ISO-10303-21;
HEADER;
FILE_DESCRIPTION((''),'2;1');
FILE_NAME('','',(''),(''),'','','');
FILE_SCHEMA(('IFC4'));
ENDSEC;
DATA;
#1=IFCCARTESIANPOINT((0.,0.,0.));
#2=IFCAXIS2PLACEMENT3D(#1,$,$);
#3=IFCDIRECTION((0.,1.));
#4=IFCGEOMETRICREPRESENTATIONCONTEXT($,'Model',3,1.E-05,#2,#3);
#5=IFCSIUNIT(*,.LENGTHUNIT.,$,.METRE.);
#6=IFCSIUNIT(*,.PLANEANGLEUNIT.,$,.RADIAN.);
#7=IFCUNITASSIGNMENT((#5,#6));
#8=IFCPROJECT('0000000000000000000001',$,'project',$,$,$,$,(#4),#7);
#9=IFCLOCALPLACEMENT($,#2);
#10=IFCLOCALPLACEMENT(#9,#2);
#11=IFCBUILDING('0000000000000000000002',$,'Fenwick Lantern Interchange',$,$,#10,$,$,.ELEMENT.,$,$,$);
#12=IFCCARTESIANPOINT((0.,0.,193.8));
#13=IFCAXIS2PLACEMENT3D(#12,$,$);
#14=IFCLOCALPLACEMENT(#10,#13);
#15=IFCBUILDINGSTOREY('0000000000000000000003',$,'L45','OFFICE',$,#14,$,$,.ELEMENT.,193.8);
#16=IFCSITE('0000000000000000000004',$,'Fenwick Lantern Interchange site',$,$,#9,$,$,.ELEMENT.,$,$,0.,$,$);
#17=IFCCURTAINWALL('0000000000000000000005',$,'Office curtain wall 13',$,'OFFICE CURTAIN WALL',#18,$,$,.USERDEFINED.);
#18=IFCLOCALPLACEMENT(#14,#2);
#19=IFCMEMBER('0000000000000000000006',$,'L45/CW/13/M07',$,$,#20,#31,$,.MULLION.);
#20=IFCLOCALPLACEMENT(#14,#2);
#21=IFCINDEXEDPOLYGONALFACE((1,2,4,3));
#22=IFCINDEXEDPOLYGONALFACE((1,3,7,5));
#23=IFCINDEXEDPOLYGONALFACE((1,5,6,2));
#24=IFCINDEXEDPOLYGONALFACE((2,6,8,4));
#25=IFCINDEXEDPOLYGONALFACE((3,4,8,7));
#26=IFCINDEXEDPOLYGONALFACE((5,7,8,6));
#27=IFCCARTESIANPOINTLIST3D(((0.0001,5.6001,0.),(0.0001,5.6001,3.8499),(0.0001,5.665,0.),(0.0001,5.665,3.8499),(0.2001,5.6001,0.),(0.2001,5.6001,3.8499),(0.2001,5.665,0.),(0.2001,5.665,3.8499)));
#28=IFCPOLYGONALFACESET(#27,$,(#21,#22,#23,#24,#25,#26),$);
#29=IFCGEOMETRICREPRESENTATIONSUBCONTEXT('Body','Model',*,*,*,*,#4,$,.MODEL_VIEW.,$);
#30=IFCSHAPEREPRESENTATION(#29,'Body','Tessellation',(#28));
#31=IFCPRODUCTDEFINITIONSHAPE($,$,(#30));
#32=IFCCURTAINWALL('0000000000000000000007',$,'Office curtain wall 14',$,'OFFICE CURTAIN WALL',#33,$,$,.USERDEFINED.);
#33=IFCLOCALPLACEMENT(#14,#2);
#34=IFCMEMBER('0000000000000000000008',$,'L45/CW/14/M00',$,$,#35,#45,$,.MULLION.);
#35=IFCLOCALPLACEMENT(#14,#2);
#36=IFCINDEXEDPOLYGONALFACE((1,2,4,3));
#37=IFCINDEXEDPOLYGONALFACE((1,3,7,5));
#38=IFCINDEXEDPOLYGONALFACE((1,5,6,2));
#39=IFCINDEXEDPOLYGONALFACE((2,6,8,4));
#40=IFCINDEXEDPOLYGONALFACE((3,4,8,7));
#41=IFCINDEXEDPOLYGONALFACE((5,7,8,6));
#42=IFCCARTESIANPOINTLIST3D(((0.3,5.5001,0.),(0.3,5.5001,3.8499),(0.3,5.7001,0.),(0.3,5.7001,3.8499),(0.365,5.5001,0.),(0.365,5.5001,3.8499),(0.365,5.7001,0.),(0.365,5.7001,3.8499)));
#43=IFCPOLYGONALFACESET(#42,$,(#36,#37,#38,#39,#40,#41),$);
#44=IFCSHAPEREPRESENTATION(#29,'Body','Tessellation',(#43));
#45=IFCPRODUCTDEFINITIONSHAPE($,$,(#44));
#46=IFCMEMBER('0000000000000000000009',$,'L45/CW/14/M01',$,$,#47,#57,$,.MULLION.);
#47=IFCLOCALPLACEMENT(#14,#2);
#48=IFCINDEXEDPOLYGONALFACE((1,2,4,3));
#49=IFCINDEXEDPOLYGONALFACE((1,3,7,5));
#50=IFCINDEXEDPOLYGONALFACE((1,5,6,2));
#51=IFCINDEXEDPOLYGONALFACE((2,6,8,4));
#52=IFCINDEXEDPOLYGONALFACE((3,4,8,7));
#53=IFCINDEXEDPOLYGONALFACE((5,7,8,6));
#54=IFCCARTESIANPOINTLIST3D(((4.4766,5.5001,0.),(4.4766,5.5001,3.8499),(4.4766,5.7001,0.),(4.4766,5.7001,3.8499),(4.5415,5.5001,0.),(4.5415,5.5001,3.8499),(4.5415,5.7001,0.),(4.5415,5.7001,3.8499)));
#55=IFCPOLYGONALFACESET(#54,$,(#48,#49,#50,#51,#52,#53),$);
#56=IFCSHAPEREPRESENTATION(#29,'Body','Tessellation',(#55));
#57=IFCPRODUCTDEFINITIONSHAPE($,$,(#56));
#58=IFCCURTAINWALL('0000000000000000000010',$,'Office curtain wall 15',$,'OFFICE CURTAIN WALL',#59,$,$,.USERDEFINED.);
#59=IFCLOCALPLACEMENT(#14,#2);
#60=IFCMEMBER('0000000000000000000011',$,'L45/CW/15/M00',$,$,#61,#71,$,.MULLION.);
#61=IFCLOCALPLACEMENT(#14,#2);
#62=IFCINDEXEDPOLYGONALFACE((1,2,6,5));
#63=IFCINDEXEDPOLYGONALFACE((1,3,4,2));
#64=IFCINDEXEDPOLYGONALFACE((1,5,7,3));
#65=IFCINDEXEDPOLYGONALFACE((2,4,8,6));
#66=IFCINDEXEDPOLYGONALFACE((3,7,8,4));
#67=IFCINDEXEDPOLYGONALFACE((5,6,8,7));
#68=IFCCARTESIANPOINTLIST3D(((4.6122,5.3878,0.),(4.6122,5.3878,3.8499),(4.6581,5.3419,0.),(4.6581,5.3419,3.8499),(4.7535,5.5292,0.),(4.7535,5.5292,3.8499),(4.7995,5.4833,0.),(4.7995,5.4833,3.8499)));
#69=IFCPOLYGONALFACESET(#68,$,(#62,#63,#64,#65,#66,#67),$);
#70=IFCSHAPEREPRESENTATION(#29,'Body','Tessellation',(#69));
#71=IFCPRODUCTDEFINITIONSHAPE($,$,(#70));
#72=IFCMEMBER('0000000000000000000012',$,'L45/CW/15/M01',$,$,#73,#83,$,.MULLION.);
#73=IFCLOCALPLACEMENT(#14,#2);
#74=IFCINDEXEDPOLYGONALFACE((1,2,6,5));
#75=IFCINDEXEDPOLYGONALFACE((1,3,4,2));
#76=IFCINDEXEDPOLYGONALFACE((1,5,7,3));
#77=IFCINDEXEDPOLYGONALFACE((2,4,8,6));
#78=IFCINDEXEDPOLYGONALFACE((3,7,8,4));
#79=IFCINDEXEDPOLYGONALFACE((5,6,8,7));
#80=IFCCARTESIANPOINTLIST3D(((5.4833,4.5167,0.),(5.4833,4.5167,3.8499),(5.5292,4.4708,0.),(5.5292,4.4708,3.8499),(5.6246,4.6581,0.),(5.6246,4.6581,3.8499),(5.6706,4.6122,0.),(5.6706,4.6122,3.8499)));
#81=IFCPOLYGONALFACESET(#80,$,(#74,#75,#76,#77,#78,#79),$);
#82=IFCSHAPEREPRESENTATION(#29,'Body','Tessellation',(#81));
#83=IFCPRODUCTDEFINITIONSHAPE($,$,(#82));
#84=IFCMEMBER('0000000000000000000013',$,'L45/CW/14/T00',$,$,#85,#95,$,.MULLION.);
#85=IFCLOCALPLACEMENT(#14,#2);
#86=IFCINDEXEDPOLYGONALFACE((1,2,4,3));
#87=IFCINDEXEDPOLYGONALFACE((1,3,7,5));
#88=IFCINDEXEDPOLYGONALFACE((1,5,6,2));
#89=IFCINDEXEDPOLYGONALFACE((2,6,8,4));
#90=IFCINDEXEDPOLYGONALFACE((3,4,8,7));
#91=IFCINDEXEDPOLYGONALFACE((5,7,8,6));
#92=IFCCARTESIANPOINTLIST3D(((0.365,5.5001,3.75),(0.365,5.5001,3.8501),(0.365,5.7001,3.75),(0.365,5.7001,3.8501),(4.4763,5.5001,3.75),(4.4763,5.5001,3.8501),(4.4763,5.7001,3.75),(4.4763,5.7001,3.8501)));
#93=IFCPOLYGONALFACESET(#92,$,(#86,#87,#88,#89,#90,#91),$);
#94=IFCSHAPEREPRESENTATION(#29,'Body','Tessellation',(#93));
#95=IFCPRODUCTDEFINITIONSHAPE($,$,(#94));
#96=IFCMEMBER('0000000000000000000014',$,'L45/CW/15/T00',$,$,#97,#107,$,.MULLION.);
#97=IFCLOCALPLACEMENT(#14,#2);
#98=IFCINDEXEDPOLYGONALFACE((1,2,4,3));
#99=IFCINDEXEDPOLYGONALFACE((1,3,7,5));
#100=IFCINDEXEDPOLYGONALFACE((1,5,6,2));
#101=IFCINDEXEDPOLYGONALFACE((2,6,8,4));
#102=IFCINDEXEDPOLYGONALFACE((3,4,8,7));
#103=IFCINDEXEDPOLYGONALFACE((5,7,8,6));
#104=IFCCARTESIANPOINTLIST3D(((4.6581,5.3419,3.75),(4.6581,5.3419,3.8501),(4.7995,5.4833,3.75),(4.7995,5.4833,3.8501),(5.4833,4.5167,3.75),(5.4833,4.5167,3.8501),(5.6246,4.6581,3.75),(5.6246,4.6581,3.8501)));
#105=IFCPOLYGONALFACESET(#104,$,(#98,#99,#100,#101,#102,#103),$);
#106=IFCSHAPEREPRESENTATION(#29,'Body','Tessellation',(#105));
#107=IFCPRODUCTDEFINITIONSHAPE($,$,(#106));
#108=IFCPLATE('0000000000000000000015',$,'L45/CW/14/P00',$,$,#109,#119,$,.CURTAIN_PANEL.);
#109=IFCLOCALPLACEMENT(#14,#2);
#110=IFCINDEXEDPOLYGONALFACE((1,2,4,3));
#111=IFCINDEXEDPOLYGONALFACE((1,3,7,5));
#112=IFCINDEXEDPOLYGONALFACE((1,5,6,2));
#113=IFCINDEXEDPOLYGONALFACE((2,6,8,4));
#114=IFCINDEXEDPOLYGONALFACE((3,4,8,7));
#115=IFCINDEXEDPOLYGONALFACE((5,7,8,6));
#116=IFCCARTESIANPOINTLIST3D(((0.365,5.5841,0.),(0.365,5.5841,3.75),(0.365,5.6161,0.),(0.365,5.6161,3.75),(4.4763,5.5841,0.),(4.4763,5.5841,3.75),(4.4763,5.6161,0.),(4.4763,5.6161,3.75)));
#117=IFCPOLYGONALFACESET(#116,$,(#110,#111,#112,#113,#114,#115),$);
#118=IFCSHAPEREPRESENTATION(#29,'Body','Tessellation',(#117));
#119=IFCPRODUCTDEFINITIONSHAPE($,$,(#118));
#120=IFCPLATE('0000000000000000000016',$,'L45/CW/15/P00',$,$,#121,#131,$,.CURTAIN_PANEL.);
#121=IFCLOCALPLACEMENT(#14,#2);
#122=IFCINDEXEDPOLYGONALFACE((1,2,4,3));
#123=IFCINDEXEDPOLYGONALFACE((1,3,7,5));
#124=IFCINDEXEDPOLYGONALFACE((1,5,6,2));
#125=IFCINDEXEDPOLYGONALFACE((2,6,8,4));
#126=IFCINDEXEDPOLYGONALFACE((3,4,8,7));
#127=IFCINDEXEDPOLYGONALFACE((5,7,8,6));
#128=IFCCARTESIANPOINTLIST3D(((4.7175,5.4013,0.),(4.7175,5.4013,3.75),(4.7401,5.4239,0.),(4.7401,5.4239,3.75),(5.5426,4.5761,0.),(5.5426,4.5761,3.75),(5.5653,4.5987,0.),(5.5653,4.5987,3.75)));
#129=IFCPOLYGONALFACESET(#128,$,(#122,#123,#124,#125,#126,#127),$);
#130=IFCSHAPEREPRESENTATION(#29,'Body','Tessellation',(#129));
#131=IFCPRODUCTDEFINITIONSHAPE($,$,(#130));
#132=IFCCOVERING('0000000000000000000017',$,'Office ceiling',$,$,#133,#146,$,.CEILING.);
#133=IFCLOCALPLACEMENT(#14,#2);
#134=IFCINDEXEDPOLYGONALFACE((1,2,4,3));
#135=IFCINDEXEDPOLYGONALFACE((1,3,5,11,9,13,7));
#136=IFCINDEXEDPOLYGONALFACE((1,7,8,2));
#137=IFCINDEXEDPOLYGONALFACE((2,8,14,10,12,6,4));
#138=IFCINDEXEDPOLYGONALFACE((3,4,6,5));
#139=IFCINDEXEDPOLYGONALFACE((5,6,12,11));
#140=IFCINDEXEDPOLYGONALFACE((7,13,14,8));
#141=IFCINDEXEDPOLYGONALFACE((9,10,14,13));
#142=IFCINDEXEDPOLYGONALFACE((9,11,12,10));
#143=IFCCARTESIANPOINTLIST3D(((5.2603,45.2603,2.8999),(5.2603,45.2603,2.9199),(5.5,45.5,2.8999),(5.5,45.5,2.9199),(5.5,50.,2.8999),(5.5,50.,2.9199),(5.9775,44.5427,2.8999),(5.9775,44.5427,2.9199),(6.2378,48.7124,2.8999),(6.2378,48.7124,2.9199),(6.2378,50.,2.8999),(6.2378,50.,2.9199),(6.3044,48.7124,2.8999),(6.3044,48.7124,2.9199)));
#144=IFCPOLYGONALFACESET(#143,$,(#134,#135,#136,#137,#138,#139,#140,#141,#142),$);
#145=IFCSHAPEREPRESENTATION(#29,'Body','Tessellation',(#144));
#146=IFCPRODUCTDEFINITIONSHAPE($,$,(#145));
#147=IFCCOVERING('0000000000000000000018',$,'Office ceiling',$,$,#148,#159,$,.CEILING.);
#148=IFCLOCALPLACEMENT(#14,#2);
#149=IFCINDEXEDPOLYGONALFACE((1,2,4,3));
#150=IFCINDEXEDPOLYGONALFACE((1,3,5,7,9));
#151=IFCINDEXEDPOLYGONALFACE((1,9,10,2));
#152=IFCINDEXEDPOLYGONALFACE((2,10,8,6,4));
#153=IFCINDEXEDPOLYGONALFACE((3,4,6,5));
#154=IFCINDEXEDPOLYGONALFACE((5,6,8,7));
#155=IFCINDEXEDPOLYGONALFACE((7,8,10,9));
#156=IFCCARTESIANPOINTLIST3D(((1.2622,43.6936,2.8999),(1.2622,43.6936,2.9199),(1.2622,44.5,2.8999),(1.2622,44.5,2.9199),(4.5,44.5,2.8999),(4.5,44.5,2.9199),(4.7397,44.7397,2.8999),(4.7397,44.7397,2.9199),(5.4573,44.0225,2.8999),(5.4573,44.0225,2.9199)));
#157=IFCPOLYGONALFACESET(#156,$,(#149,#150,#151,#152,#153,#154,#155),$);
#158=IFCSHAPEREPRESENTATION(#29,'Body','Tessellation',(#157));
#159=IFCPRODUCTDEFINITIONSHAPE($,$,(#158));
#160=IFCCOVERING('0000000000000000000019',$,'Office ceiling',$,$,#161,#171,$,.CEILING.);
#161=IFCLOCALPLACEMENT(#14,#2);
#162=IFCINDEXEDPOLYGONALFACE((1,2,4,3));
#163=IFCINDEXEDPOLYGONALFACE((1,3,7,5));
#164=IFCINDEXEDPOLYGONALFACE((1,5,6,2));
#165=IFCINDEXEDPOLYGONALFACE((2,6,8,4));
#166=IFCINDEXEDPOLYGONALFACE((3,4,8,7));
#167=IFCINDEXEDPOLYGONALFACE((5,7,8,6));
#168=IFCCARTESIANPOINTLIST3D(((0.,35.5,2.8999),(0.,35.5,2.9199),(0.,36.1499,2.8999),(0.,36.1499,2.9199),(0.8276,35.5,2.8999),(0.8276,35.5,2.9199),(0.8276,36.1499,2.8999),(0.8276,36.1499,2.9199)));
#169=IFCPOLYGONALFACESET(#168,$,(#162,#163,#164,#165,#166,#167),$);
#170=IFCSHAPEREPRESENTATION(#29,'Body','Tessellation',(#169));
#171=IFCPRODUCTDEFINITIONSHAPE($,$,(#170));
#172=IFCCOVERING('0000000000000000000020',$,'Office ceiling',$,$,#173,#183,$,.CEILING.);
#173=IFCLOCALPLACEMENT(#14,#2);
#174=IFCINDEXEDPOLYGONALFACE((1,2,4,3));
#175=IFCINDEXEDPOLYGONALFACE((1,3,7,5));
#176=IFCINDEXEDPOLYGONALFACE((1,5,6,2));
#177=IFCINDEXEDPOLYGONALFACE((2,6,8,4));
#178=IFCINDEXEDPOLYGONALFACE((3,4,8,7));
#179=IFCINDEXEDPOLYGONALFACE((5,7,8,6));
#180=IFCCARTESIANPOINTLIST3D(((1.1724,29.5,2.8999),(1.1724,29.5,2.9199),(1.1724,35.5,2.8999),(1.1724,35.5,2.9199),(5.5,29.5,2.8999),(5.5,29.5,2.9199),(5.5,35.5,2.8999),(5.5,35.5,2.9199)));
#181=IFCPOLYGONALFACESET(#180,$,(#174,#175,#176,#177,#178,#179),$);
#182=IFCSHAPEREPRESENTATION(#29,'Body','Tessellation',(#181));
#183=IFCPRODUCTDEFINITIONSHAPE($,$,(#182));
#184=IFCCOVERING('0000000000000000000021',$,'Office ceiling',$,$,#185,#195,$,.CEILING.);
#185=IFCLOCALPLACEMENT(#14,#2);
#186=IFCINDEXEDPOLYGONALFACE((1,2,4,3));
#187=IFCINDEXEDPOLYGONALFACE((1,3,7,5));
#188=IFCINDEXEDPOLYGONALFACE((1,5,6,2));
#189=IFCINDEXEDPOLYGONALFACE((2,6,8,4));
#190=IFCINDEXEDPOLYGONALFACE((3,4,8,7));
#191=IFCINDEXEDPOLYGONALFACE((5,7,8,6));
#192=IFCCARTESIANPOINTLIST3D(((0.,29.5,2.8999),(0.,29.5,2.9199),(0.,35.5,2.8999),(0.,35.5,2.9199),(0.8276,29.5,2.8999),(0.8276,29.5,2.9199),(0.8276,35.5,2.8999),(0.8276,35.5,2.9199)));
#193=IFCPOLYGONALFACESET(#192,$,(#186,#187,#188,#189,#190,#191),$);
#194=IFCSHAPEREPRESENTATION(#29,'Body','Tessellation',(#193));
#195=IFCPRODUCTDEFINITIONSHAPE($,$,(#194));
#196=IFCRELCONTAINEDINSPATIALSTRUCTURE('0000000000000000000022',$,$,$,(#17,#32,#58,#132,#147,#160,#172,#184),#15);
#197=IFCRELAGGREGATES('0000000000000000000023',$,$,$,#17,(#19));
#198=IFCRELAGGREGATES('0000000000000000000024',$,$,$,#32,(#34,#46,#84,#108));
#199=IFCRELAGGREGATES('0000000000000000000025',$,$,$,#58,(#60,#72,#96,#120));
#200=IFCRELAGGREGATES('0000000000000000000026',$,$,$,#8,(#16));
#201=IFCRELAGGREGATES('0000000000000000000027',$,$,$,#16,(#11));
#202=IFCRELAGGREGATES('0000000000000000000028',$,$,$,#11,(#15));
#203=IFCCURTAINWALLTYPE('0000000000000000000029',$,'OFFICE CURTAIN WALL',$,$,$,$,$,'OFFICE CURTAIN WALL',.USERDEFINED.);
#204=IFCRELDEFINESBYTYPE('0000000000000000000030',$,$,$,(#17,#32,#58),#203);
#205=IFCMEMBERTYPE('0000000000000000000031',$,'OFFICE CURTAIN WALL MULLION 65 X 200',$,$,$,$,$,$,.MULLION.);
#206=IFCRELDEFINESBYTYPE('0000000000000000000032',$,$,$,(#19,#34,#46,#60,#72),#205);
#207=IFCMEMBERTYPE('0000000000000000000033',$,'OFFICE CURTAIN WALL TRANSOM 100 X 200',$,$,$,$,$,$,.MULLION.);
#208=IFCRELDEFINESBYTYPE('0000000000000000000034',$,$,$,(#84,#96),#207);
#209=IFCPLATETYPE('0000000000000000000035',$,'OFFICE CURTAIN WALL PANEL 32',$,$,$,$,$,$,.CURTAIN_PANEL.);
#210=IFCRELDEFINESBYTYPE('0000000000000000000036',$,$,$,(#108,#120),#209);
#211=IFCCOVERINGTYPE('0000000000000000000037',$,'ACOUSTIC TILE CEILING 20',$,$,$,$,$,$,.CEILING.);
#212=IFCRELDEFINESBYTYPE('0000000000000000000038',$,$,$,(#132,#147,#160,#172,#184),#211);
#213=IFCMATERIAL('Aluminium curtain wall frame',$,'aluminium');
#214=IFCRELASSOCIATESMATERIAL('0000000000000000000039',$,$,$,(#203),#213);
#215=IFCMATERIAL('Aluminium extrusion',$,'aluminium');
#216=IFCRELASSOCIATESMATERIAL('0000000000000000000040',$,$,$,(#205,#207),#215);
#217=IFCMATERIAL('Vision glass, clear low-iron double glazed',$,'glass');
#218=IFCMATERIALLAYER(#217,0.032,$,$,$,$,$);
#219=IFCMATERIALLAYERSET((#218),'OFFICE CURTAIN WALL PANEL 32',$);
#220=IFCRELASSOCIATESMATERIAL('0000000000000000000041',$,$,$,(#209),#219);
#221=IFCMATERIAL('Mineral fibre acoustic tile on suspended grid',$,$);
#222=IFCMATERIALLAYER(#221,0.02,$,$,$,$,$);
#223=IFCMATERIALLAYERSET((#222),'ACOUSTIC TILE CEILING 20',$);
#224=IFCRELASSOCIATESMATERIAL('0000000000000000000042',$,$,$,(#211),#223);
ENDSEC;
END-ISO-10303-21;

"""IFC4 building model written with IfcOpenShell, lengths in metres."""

from ifc_helpers import new_model, si_unit, direction, frame, origin, origin_2d, place, context, subcontext, project, spatial, polyline, rectangle, outline, extrude, material, layer, layer_set, material_profile, profile_set, type_object, element, aggregate, save


model = new_model("IFC4")

# Units and contexts
model_context = context("Model", 3, precision=1e-05, world=origin(), true_north=direction((0.0, 1.0)))
body_context = subcontext(model_context, "Body", "Model", "MODEL_VIEW")
ifc_project = project(units=[si_unit("LENGTHUNIT", "METRE"), si_unit("PLANEANGLEUNIT", "RADIAN")], contexts=[model_context])

# Site, building, storey
site_placement = place(None, origin())
site = spatial("IfcSite", under=ifc_project, at=site_placement, Name="Fenwick Lantern Interchange site", CompositionType="ELEMENT", RefElevation=0.0)
building_placement = place(site_placement, origin())
building = spatial("IfcBuilding", under=site, at=building_placement, Name="Fenwick Lantern Interchange", CompositionType="ELEMENT")
storey_placement = place(building_placement, frame((0.0, 0.0, 193.8)))
storey = spatial("IfcBuildingStorey", under=building, at=storey_placement, Name="L45", Description="OFFICE", CompositionType="ELEMENT", Elevation=193.8)

# Curtain wall, member
ifc_material_1 = material(Name="Aluminium curtain wall frame", Category="aluminium")
curtain_wall_type = type_object("IfcCurtainWallType", Name="OFFICE CURTAIN WALL", ElementType="OFFICE CURTAIN WALL", PredefinedType="USERDEFINED", material=ifc_material_1)
curtain_wall_1_placement = place(storey_placement, origin())
curtain_wall_1 = element("IfcCurtainWall", 1, at=curtain_wall_1_placement, inside=storey, type_object=curtain_wall_type, Name="Office curtain wall 13", ObjectType="OFFICE CURTAIN WALL", PredefinedType="USERDEFINED")
ifc_material_2 = material(Name="Aluminium extrusion", Category="aluminium")
ifc_material_profile_1 = material_profile(ifc_material_2, rectangle(XDim=0.2, YDim=0.0649, at=origin_2d()), Name="OFFICE CURTAIN WALL MULLION 65 X 200")
ifc_profile_set_1 = profile_set([ifc_material_profile_1], Name="Aluminium extrusion")
member_type_1 = type_object("IfcMemberType", Name="OFFICE CURTAIN WALL MULLION 65 X 200", PredefinedType="MULLION", material=ifc_profile_set_1)
member_1_placement = place(storey_placement, frame((0.1001, 5.6326, 0.0), z_axis=(0.0, 0.0, 1.0), x_axis=(1.0, 0.0, 0.0)))
member_1 = element("IfcMember", 2, at=member_1_placement, type_object=member_type_1, Name="L45/CW/13/M07", PredefinedType="MULLION", context=body_context, shape_type="SweptSolid", body=[
    extrude(rectangle(XDim=0.2, YDim=0.0649, at=origin_2d()), origin(), (0.0, 0.0, 1.0), 3.8499),
])
aggregate(curtain_wall_1, [member_1])

# Curtain walls, members
curtain_wall_2_placement = place(storey_placement, origin())
curtain_wall_2 = element("IfcCurtainWall", 3, at=curtain_wall_2_placement, inside=storey, type_object=curtain_wall_type, Name="Office curtain wall 14", ObjectType="OFFICE CURTAIN WALL", PredefinedType="USERDEFINED")
member_2_placement = place(storey_placement, frame((0.3325, 5.6001, 0.0), z_axis=(0.0, 0.0, 1.0), x_axis=(0.0, 1.0, 0.0)))
member_2 = element("IfcMember", 4, at=member_2_placement, type_object=member_type_1, Name="L45/CW/14/M00", PredefinedType="MULLION", context=body_context, shape_type="SweptSolid", body=[
    extrude(rectangle(XDim=0.2, YDim=0.0649, at=origin_2d()), origin(), (0.0, 0.0, 1.0), 3.8499),
])
member_3_placement = place(storey_placement, frame((4.509, 5.6001, 0.0), z_axis=(0.0, 0.0, 1.0), x_axis=(0.0, 1.0, 0.0)))
member_3 = element("IfcMember", 5, at=member_3_placement, type_object=member_type_1, Name="L45/CW/14/M01", PredefinedType="MULLION", context=body_context, shape_type="SweptSolid", body=[
    extrude(rectangle(XDim=0.2, YDim=0.0649, at=origin_2d()), origin(), (0.0, 0.0, 1.0), 3.8499),
])
curtain_wall_3_placement = place(storey_placement, origin())
curtain_wall_3 = element("IfcCurtainWall", 6, at=curtain_wall_3_placement, inside=storey, type_object=curtain_wall_type, Name="Office curtain wall 15", ObjectType="OFFICE CURTAIN WALL", PredefinedType="USERDEFINED")
member_4_placement = place(storey_placement, frame((4.7058, 5.4355, 0.0), z_axis=(0.0, 0.0, 1.0), x_axis=(0.707107, 0.707107, 0.0)))
member_4 = element("IfcMember", 7, at=member_4_placement, type_object=member_type_1, Name="L45/CW/15/M00", PredefinedType="MULLION", context=body_context, shape_type="SweptSolid", body=[
    extrude(rectangle(XDim=0.2, YDim=0.0649, at=origin_2d()), origin(), (0.0, 0.0, 1.0), 3.8499),
])
member_5_placement = place(storey_placement, frame((5.5769, 4.5645, 0.0), z_axis=(0.0, 0.0, 1.0), x_axis=(0.707107, 0.707107, 0.0)))
member_5 = element("IfcMember", 8, at=member_5_placement, type_object=member_type_1, Name="L45/CW/15/M01", PredefinedType="MULLION", context=body_context, shape_type="SweptSolid", body=[
    extrude(rectangle(XDim=0.2, YDim=0.0649, at=origin_2d()), origin(), (0.0, 0.0, 1.0), 3.8499),
])

# Members
ifc_material_profile_2 = material_profile(ifc_material_2, rectangle(XDim=0.2, YDim=0.1001, at=origin_2d()), Name="OFFICE CURTAIN WALL TRANSOM 100 X 200")
ifc_profile_set_2 = profile_set([ifc_material_profile_2], Name="Aluminium extrusion")
member_type_2 = type_object("IfcMemberType", Name="OFFICE CURTAIN WALL TRANSOM 100 X 200", PredefinedType="MULLION", material=ifc_profile_set_2)
member_6_placement = place(storey_placement, frame((0.365, 5.6001, 3.8), z_axis=(1.0, 0.0, 0.0), x_axis=(0.0, 1.0, 0.0)))
member_6 = element("IfcMember", 9, at=member_6_placement, type_object=member_type_2, Name="L45/CW/14/T00", PredefinedType="MULLION", context=body_context, shape_type="SweptSolid", body=[
    extrude(rectangle(XDim=0.2, YDim=0.1001, at=origin_2d()), origin(), (0.0, 0.0, 1.0), 4.1113),
])
member_7_placement = place(storey_placement, frame((4.7288, 5.4126, 3.8), z_axis=(0.707107, -0.707107, 0.0), x_axis=(0.707107, 0.707107, 0.0)))
member_7 = element("IfcMember", 10, at=member_7_placement, type_object=member_type_2, Name="L45/CW/15/T00", PredefinedType="MULLION", context=body_context, shape_type="SweptSolid", body=[
    extrude(rectangle(XDim=0.2, YDim=0.1001, at=origin_2d()), origin(), (0.0, 0.0, 1.0), 1.167),
])

# Shared definitions
ifc_material_3 = material(Name="Vision glass, clear low-iron double glazed", Category="glass")
ifc_layer_1 = layer(ifc_material_3, 0.032)
ifc_layer_set_1 = layer_set([ifc_layer_1], Name="OFFICE CURTAIN WALL PANEL 32")
plate_type = type_object("IfcPlateType", Name="OFFICE CURTAIN WALL PANEL 32", PredefinedType="CURTAIN_PANEL", material=ifc_layer_set_1)

# Plates
plate_1_placement = place(storey_placement, frame((2.4207, 5.6001, 0.0), z_axis=(0.0, 0.0, 1.0), x_axis=(1.0, 0.0, 0.0)))
plate_1 = element("IfcPlate", 11, at=plate_1_placement, type_object=plate_type, Name="L45/CW/14/P00", PredefinedType="CURTAIN_PANEL", context=body_context, shape_type="SweptSolid", body=[
    extrude(rectangle(XDim=4.1113, YDim=0.032, at=origin_2d()), origin(), (0.0, 0.0, 1.0), 3.75),
])
aggregate(curtain_wall_2, [member_2, member_3, member_6, plate_1])
plate_2_placement = place(storey_placement, frame((5.1414, 5.0, 0.0), z_axis=(0.0, 0.0, 1.0), x_axis=(0.707107, -0.707107, 0.0)))
plate_2 = element("IfcPlate", 12, at=plate_2_placement, type_object=plate_type, Name="L45/CW/15/P00", PredefinedType="CURTAIN_PANEL", context=body_context, shape_type="SweptSolid", body=[
    extrude(rectangle(XDim=1.167, YDim=0.032, at=origin_2d()), origin(), (0.0, 0.0, 1.0), 3.75),
])
aggregate(curtain_wall_3, [member_4, member_5, member_7, plate_2])

# Coverings
ifc_material_4 = material(Name="Mineral fibre acoustic tile on suspended grid")
ifc_layer_2 = layer(ifc_material_4, 0.02)
ifc_layer_set_2 = layer_set([ifc_layer_2], Name="ACOUSTIC TILE CEILING 20")
covering_type_1 = type_object("IfcCoveringType", Name="ACOUSTIC TILE CEILING 20", PredefinedType="CEILING", material=ifc_layer_set_2)
covering_1_placement = place(storey_placement, frame((0.0, 0.0, 2.8999)))
element("IfcCovering", 13, at=covering_1_placement, inside=storey, type_object=covering_type_1, Name="Office ceiling", PredefinedType="CEILING", context=body_context, shape_type="SweptSolid", body=[
    extrude(outline(polyline([(6.3044, 48.7124), (6.2378, 48.7124), (6.2378, 50.0), (5.5, 50.0), (5.5, 45.5), (5.2603, 45.2603), (5.9775, 44.5427), (6.3044, 48.7124)])), origin(), (0.0, 0.0, 1.0), 0.02),
])
covering_2_placement = place(storey_placement, frame((0.0, 0.0, 2.8999)))
element("IfcCovering", 14, at=covering_2_placement, inside=storey, type_object=covering_type_1, Name="Office ceiling", PredefinedType="CEILING", context=body_context, shape_type="SweptSolid", body=[
    extrude(outline(polyline([(1.2622, 44.5), (1.2622, 43.6936), (5.4573, 44.0225), (4.7397, 44.7397), (4.5, 44.5), (1.2622, 44.5)])), origin(), (0.0, 0.0, 1.0), 0.02),
])
covering_3_placement = place(storey_placement, frame((0.0, 0.0, 2.8999)))
element("IfcCovering", 15, at=covering_3_placement, inside=storey, type_object=covering_type_1, Name="Office ceiling", PredefinedType="CEILING", context=body_context, shape_type="SweptSolid", body=[
    extrude(outline(polyline([(0.0, 35.5), (0.8276, 35.5), (0.8276, 36.1499), (0.0, 36.1499), (0.0, 35.5)])), origin(), (0.0, 0.0, 1.0), 0.02),
])
covering_4_placement = place(storey_placement, frame((0.0, 0.0, 2.8999)))
element("IfcCovering", 16, at=covering_4_placement, inside=storey, type_object=covering_type_1, Name="Office ceiling", PredefinedType="CEILING", context=body_context, shape_type="SweptSolid", body=[
    extrude(outline(polyline([(5.5, 35.5), (1.1724, 35.5), (1.1724, 29.5), (5.5, 29.5), (5.5, 35.5)])), origin(), (0.0, 0.0, 1.0), 0.02),
])
covering_5_placement = place(storey_placement, frame((0.0, 0.0, 2.8999)))
element("IfcCovering", 17, at=covering_5_placement, inside=storey, type_object=covering_type_1, Name="Office ceiling", PredefinedType="CEILING", context=body_context, shape_type="SweptSolid", body=[
    extrude(outline(polyline([(0.0, 29.5), (0.8276, 29.5), (0.8276, 35.5), (0.0, 35.5), (0.0, 29.5)])), origin(), (0.0, 0.0, 1.0), 0.02),
])

save(model, "model.ifc")
